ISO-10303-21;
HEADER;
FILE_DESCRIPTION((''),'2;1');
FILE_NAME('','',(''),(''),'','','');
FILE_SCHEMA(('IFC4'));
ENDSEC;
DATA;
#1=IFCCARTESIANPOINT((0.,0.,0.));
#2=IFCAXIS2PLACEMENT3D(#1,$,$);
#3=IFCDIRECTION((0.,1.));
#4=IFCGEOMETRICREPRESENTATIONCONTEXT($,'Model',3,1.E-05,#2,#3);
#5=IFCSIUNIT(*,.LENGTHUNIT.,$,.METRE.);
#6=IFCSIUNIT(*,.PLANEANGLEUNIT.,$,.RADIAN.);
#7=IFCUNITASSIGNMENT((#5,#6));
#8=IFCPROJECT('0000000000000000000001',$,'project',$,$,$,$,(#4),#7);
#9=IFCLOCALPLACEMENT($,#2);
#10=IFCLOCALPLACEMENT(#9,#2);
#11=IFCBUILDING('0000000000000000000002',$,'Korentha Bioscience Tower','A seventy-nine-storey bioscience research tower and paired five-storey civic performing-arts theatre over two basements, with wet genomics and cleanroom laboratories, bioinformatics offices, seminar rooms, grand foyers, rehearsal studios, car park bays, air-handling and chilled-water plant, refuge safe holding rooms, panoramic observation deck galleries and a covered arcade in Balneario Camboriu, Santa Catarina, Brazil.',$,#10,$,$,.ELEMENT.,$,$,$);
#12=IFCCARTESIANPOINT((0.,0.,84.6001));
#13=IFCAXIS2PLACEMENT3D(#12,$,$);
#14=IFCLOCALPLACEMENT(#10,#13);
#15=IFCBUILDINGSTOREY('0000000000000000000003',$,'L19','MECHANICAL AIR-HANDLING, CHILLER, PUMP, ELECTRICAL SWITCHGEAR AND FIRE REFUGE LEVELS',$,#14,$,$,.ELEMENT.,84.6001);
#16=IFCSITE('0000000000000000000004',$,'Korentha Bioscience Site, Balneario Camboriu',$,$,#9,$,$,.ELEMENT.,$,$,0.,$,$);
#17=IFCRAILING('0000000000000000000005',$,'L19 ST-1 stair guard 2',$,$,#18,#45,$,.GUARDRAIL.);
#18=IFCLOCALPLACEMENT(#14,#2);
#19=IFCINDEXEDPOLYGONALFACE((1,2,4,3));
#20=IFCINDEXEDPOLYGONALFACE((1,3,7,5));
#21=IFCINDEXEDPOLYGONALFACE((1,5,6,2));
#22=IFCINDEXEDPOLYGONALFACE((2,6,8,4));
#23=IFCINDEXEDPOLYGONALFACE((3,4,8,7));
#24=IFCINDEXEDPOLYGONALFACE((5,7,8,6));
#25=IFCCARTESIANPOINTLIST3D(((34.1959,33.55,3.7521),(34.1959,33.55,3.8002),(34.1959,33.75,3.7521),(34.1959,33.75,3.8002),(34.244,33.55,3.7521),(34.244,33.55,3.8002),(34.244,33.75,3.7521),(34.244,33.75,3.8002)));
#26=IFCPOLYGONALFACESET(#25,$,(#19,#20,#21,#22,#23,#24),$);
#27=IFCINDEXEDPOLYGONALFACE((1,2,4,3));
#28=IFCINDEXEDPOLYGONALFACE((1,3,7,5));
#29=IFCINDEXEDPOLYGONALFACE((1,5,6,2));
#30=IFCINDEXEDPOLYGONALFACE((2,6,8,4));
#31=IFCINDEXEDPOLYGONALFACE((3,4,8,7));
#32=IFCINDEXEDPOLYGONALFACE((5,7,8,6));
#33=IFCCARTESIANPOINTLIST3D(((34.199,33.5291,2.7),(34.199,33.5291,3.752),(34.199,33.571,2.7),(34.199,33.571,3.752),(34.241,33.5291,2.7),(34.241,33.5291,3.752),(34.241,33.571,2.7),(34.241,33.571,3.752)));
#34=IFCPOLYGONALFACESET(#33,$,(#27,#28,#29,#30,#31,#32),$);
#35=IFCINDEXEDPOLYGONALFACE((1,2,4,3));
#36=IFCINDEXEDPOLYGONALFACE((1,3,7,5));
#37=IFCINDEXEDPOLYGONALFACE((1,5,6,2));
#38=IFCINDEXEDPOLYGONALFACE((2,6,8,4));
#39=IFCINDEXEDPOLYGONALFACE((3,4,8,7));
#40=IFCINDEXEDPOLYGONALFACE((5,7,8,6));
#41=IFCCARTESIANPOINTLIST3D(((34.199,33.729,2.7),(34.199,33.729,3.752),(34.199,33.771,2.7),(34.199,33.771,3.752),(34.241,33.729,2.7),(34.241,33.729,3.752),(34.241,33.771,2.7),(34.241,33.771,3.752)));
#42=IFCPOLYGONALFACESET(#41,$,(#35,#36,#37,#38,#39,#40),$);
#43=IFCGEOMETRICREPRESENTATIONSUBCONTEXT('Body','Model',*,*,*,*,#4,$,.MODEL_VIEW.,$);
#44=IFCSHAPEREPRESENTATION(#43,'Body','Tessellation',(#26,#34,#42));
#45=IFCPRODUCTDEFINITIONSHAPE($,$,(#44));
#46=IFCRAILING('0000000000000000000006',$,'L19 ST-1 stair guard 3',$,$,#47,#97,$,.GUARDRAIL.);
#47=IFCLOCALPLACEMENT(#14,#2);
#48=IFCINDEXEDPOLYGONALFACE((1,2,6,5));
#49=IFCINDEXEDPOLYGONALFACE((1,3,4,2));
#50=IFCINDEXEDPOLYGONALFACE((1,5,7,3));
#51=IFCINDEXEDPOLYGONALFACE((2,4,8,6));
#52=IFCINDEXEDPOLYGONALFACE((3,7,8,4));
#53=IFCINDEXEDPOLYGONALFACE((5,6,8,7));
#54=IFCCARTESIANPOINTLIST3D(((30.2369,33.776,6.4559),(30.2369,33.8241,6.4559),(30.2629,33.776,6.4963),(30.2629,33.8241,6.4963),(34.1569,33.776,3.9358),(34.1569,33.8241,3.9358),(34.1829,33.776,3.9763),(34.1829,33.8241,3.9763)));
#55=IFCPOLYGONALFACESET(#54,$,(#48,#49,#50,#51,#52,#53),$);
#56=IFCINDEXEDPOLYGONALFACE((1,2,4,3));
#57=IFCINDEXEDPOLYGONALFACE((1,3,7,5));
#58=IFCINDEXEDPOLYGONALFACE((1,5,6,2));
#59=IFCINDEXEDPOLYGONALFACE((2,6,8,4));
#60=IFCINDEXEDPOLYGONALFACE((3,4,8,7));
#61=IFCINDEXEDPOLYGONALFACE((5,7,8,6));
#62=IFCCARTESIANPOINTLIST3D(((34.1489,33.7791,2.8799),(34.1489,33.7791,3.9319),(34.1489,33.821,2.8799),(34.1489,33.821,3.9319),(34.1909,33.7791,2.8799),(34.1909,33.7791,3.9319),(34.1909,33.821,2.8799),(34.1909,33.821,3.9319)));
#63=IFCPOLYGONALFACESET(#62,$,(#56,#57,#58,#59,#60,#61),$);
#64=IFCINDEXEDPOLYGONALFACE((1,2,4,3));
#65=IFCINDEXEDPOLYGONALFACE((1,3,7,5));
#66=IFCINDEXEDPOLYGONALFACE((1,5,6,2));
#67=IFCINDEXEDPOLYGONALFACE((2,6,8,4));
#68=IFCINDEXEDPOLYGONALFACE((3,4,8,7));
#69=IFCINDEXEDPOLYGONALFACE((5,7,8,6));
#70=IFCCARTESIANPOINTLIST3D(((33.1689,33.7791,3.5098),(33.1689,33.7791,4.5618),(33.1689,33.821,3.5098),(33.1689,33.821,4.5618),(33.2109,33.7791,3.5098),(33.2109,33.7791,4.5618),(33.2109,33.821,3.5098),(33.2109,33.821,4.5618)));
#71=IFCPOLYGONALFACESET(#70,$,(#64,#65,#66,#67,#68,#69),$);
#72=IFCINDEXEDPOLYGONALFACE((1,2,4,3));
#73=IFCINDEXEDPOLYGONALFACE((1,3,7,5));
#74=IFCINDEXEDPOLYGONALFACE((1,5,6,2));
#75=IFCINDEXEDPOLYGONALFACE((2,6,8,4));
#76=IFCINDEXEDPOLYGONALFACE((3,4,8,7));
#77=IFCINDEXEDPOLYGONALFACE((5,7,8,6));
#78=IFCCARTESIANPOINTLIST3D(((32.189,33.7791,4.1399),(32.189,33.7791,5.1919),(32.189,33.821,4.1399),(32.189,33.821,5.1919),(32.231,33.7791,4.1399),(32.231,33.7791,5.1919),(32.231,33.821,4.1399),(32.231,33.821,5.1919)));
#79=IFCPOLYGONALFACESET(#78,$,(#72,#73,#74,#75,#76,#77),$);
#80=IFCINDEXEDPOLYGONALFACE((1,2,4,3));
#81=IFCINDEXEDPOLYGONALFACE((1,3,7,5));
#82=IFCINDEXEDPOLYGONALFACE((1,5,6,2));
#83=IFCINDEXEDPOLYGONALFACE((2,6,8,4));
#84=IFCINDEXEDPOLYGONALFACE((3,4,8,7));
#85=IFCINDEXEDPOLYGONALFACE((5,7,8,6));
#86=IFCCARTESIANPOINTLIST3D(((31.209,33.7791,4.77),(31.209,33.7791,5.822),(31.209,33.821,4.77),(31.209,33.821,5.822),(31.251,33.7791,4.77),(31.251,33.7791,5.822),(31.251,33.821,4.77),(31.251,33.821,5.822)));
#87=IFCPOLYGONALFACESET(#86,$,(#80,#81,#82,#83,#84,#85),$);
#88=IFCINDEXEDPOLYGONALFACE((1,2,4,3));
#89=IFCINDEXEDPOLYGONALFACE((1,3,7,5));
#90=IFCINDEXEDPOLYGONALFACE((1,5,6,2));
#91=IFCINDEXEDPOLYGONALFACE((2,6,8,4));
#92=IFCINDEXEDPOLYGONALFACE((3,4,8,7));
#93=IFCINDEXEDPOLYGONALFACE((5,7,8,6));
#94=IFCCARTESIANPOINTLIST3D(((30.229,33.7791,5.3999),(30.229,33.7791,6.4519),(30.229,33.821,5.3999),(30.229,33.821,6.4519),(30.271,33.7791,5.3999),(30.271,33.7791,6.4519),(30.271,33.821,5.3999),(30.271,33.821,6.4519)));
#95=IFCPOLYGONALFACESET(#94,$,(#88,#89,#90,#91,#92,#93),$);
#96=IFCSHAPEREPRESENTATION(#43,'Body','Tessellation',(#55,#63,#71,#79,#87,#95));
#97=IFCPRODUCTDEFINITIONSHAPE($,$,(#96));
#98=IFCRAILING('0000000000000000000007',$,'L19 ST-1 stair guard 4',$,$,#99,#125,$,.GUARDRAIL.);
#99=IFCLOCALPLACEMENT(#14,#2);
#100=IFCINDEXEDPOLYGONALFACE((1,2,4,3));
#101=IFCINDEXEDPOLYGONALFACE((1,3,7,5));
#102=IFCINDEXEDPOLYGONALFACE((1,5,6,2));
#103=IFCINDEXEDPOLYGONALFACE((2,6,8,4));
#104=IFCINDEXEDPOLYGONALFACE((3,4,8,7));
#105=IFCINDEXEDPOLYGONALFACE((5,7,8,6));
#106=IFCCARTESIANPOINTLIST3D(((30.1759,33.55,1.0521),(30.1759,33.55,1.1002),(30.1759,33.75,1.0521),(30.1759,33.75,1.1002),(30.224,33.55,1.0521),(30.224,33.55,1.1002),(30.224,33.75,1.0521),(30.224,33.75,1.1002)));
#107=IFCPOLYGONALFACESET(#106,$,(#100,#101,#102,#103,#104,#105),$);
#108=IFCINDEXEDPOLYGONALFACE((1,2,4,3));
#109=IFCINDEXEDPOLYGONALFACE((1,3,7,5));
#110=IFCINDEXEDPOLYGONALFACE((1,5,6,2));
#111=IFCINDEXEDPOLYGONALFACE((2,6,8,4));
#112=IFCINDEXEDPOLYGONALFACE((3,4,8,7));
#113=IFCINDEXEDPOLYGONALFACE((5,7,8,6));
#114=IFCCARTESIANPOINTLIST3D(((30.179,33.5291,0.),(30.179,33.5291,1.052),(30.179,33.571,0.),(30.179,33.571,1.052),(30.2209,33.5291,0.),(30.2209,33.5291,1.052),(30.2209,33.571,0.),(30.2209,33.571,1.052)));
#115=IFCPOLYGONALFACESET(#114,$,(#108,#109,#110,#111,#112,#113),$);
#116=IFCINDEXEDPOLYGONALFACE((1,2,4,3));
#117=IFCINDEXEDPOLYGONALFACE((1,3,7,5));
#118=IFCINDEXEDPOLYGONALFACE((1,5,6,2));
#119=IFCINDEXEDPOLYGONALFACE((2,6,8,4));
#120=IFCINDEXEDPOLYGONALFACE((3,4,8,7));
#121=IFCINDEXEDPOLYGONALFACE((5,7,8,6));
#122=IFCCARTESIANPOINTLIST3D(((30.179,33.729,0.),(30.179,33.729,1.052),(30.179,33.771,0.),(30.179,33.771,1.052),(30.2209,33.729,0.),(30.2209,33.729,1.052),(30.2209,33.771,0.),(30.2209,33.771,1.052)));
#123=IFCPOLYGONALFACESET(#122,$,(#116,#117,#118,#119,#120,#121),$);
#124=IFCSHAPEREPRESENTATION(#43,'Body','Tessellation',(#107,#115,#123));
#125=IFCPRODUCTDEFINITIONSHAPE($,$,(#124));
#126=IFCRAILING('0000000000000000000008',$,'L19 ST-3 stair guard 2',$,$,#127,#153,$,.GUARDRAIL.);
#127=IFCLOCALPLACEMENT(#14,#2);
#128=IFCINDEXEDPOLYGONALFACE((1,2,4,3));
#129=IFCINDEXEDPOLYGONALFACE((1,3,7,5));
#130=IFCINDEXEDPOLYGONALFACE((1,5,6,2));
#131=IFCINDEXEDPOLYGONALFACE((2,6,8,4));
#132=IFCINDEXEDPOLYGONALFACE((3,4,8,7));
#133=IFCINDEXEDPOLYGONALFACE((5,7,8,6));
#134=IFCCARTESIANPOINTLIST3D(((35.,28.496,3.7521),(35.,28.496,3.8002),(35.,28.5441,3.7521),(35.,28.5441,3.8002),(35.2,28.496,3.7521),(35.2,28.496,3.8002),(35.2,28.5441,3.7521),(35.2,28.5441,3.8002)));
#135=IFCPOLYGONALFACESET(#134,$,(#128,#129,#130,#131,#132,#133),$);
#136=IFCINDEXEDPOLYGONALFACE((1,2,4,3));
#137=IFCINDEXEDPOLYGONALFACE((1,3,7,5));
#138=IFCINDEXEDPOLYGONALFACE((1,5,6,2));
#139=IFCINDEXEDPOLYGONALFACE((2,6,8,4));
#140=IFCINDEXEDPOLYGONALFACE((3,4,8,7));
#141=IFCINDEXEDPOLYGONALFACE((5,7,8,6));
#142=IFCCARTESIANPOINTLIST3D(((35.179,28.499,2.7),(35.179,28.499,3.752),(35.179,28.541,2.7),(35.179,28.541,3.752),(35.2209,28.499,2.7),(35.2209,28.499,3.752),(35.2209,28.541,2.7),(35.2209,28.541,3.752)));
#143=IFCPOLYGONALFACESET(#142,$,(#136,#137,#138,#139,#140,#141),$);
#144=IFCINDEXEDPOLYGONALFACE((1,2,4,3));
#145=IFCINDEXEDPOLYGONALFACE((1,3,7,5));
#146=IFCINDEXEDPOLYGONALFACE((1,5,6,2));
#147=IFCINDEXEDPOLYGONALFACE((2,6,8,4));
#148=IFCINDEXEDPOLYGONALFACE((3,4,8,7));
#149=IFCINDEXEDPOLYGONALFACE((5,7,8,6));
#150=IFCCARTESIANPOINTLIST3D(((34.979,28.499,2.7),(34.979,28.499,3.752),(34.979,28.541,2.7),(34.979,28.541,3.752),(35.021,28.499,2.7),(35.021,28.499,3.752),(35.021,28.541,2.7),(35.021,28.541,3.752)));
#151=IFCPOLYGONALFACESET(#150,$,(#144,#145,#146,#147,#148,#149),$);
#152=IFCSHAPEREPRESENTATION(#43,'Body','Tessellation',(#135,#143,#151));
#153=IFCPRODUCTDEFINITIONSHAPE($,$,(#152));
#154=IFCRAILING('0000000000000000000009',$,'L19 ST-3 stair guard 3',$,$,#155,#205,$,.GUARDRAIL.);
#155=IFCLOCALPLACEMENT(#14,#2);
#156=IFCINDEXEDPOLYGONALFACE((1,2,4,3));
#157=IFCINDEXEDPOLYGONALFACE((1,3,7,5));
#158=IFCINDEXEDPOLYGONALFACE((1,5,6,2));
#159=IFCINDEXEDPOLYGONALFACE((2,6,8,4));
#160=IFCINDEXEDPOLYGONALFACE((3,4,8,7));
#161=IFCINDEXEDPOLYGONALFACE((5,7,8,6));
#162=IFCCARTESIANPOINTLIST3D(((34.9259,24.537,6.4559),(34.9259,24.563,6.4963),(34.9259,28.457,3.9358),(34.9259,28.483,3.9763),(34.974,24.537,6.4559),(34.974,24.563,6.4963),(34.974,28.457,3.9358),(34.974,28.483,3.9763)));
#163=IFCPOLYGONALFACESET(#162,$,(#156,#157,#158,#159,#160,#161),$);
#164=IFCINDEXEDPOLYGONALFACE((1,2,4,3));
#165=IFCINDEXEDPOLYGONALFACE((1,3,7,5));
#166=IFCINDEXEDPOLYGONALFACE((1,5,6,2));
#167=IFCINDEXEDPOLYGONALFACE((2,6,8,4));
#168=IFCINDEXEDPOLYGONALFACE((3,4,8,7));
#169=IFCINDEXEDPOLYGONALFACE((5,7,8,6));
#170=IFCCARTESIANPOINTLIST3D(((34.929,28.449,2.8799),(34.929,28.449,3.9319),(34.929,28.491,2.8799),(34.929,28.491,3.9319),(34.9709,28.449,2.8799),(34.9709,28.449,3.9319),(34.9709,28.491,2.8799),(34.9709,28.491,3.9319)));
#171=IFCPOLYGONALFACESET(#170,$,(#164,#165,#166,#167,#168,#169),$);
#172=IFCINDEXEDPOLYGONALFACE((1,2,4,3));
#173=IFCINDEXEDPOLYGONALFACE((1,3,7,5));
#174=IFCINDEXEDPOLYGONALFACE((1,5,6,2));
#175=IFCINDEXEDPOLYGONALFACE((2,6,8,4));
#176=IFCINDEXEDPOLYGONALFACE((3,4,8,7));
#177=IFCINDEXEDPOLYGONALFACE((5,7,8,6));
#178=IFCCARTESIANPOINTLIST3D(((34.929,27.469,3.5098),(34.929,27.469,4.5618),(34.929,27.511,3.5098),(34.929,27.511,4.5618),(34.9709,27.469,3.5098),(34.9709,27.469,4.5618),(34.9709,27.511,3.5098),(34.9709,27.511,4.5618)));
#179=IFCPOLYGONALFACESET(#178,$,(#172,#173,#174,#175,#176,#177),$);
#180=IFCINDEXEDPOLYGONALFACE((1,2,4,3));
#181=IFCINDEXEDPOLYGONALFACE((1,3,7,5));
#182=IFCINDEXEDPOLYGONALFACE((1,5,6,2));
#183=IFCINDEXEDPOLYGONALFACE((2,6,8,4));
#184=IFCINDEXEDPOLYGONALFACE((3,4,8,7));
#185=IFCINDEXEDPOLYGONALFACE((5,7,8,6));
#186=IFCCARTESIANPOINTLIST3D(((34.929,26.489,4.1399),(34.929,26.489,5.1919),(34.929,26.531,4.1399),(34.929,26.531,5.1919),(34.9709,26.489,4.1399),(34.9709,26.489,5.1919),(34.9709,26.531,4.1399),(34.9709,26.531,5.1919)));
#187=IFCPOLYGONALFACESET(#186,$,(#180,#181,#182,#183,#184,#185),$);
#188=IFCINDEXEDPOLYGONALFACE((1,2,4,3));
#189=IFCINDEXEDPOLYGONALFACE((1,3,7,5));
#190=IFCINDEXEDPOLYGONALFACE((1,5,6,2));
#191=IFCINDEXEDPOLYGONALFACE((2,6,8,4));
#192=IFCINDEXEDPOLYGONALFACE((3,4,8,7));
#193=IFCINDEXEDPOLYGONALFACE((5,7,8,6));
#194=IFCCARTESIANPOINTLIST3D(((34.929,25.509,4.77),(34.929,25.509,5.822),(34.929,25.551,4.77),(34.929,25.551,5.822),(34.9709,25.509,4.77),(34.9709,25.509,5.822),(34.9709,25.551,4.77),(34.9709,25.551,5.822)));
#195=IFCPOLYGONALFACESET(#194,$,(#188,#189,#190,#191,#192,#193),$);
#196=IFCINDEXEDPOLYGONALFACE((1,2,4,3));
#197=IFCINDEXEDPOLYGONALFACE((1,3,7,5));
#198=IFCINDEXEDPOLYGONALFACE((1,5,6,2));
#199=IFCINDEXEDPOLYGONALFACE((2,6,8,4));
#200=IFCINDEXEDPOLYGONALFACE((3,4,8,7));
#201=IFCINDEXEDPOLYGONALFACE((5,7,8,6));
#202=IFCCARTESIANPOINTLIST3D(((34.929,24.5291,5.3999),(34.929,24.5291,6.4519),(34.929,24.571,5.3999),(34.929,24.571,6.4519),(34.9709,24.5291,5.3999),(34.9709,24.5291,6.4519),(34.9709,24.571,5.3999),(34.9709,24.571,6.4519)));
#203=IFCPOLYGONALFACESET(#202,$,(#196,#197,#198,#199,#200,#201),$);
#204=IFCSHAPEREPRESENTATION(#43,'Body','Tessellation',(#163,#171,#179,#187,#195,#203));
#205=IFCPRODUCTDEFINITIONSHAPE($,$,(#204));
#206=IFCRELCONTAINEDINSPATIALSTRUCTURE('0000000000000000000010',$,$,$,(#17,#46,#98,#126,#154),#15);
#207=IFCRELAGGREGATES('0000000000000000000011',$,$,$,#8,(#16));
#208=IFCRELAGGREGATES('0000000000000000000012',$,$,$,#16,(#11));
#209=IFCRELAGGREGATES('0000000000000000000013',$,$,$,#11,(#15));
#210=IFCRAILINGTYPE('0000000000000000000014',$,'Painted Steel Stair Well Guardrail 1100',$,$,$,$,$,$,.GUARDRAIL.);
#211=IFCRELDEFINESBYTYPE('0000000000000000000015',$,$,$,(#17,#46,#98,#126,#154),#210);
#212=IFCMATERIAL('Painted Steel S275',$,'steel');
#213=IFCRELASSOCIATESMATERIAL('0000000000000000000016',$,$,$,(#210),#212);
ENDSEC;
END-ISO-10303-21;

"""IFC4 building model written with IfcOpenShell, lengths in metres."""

from ifc_helpers import new_model, si_unit, direction, frame, origin, origin_2d, place, context, subcontext, project, spatial, rectangle, extrude, material, type_object, element, save


model = new_model("IFC4")

# Units and contexts
model_context = context("Model", 3, precision=1e-05, world=origin(), true_north=direction((0.0, 1.0)))
body_context = subcontext(model_context, "Body", "Model", "MODEL_VIEW")
ifc_project = project(units=[si_unit("LENGTHUNIT", "METRE"), si_unit("PLANEANGLEUNIT", "RADIAN")], contexts=[model_context])

# Site, building, storey
site_placement = place(None, origin())
site = spatial("IfcSite", under=ifc_project, at=site_placement, Name="Korentha Bioscience Site, Balneario Camboriu", CompositionType="ELEMENT", RefElevation=0.0)
building_placement = place(site_placement, origin())
building = spatial("IfcBuilding", under=site, at=building_placement, Name="Korentha Bioscience Tower", Description="A seventy-nine-storey bioscience research tower and paired five-storey civic performing-arts theatre over two basements, with wet genomics and cleanroom laboratories, bioinformatics offices, seminar rooms, grand foyers, rehearsal studios, car park bays, air-handling and chilled-water plant, refuge safe holding rooms, panoramic observation deck galleries and a covered arcade in Balneario Camboriu, Santa Catarina, Brazil.", CompositionType="ELEMENT")
storey_placement = place(building_placement, frame((0.0, 0.0, 84.6001)))
storey = spatial("IfcBuildingStorey", under=building, at=storey_placement, Name="L19", Description="MECHANICAL AIR-HANDLING, CHILLER, PUMP, ELECTRICAL SWITCHGEAR AND FIRE REFUGE LEVELS", CompositionType="ELEMENT", Elevation=84.6001)

# Railings
ifc_material_1 = material(Name="Painted Steel S275", Category="steel")
railing_type_1 = type_object("IfcRailingType", Name="Painted Steel Stair Well Guardrail 1100", PredefinedType="GUARDRAIL", material=ifc_material_1)
railing_1_placement = place(storey_placement, frame((34.22, 33.55, 2.7)))
element("IfcRailing", 1, at=railing_1_placement, inside=storey, type_object=railing_type_1, Name="L19 ST-1 stair guard 2", PredefinedType="GUARDRAIL", context=body_context, shape_type="SweptSolid", body=[
    extrude(rectangle(XDim=0.0481, YDim=0.0481, at=origin_2d()), frame((0.0, 0.0, 1.0762), z_axis=(0.0, 1.0, 0.0), x_axis=(-1.0, 0.0, 0.0)), (0.0, 0.0, 1.0), 0.2),
    extrude(rectangle(XDim=0.042, YDim=0.042, at=origin_2d()), origin(), (0.0, 0.0, 1.0), 1.052),
    extrude(rectangle(XDim=0.042, YDim=0.042, at=origin_2d()), frame((0.0, 0.2, 0.0)), (0.0, 0.0, 1.0), 1.052),
])
railing_2_placement = place(storey_placement, frame((34.1699, 33.8, 2.8799)))
element("IfcRailing", 2, at=railing_2_placement, inside=storey, type_object=railing_type_1, Name="L19 ST-1 stair guard 3", PredefinedType="GUARDRAIL", context=body_context, shape_type="SweptSolid", body=[
    extrude(rectangle(XDim=0.0481, YDim=0.0481, at=origin_2d()), frame((0.0, 0.0, 1.0762), z_axis=(-0.841172, 0.0, 0.540768), x_axis=(0.0, -1.0, 0.0)), (0.0, 0.0, 1.0), 4.6602),
    extrude(rectangle(XDim=0.042, YDim=0.042, at=origin_2d()), origin(), (0.0, 0.0, 1.0), 1.052),
    extrude(rectangle(XDim=0.042, YDim=0.042, at=origin_2d()), frame((-0.98, 0.0, 0.6299)), (0.0, 0.0, 1.0), 1.052),
    extrude(rectangle(XDim=0.042, YDim=0.042, at=origin_2d()), frame((-1.96, 0.0, 1.26)), (0.0, 0.0, 1.0), 1.052),
    extrude(rectangle(XDim=0.042, YDim=0.042, at=origin_2d()), frame((-2.9399, 0.0, 1.8901)), (0.0, 0.0, 1.0), 1.052),
    extrude(rectangle(XDim=0.042, YDim=0.042, at=origin_2d()), frame((-3.9199, 0.0, 2.52)), (0.0, 0.0, 1.0), 1.052),
])
railing_3_placement = place(storey_placement, frame((30.2, 33.55, 0.0)))
element("IfcRailing", 3, at=railing_3_placement, inside=storey, type_object=railing_type_1, Name="L19 ST-1 stair guard 4", PredefinedType="GUARDRAIL", context=body_context, shape_type="SweptSolid", body=[
    extrude(rectangle(XDim=0.0481, YDim=0.0481, at=origin_2d()), frame((0.0, 0.0, 1.0762), z_axis=(0.0, 1.0, 0.0), x_axis=(-1.0, 0.0, 0.0)), (0.0, 0.0, 1.0), 0.2),
    extrude(rectangle(XDim=0.042, YDim=0.042, at=origin_2d()), origin(), (0.0, 0.0, 1.0), 1.052),
    extrude(rectangle(XDim=0.042, YDim=0.042, at=origin_2d()), frame((0.0, 0.2, 0.0)), (0.0, 0.0, 1.0), 1.052),
])
railing_4_placement = place(storey_placement, frame((35.2, 28.52, 2.7)))
element("IfcRailing", 4, at=railing_4_placement, inside=storey, type_object=railing_type_1, Name="L19 ST-3 stair guard 2", PredefinedType="GUARDRAIL", context=body_context, shape_type="SweptSolid", body=[
    extrude(rectangle(XDim=0.0481, YDim=0.0481, at=origin_2d()), frame((0.0, 0.0, 1.0762), z_axis=(-1.0, 0.0, 0.0), x_axis=(0.0, -1.0, 0.0)), (0.0, 0.0, 1.0), 0.2),
    extrude(rectangle(XDim=0.042, YDim=0.042, at=origin_2d()), origin(), (0.0, 0.0, 1.0), 1.052),
    extrude(rectangle(XDim=0.042, YDim=0.042, at=origin_2d()), frame((-0.2, 0.0, 0.0)), (0.0, 0.0, 1.0), 1.052),
])
railing_5_placement = place(storey_placement, frame((34.95, 28.47, 2.8799)))
element("IfcRailing", 5, at=railing_5_placement, inside=storey, type_object=railing_type_1, Name="L19 ST-3 stair guard 3", PredefinedType="GUARDRAIL", context=body_context, shape_type="SweptSolid", body=[
    extrude(rectangle(XDim=0.0481, YDim=0.0481, at=origin_2d()), frame((0.0, 0.0, 1.0762), z_axis=(0.0, -0.841172, 0.540768), x_axis=(1.0, 0.0, 0.0)), (0.0, 0.0, 1.0), 4.6602),
    extrude(rectangle(XDim=0.042, YDim=0.042, at=origin_2d()), origin(), (0.0, 0.0, 1.0), 1.052),
    extrude(rectangle(XDim=0.042, YDim=0.042, at=origin_2d()), frame((0.0, -0.98, 0.6299)), (0.0, 0.0, 1.0), 1.052),
    extrude(rectangle(XDim=0.042, YDim=0.042, at=origin_2d()), frame((0.0, -1.96, 1.26)), (0.0, 0.0, 1.0), 1.052),
    extrude(rectangle(XDim=0.042, YDim=0.042, at=origin_2d()), frame((0.0, -2.9399, 1.8901)), (0.0, 0.0, 1.0), 1.052),
    extrude(rectangle(XDim=0.042, YDim=0.042, at=origin_2d()), frame((0.0, -3.9199, 2.52)), (0.0, 0.0, 1.0), 1.052),
])

save(model, "model.ifc")
